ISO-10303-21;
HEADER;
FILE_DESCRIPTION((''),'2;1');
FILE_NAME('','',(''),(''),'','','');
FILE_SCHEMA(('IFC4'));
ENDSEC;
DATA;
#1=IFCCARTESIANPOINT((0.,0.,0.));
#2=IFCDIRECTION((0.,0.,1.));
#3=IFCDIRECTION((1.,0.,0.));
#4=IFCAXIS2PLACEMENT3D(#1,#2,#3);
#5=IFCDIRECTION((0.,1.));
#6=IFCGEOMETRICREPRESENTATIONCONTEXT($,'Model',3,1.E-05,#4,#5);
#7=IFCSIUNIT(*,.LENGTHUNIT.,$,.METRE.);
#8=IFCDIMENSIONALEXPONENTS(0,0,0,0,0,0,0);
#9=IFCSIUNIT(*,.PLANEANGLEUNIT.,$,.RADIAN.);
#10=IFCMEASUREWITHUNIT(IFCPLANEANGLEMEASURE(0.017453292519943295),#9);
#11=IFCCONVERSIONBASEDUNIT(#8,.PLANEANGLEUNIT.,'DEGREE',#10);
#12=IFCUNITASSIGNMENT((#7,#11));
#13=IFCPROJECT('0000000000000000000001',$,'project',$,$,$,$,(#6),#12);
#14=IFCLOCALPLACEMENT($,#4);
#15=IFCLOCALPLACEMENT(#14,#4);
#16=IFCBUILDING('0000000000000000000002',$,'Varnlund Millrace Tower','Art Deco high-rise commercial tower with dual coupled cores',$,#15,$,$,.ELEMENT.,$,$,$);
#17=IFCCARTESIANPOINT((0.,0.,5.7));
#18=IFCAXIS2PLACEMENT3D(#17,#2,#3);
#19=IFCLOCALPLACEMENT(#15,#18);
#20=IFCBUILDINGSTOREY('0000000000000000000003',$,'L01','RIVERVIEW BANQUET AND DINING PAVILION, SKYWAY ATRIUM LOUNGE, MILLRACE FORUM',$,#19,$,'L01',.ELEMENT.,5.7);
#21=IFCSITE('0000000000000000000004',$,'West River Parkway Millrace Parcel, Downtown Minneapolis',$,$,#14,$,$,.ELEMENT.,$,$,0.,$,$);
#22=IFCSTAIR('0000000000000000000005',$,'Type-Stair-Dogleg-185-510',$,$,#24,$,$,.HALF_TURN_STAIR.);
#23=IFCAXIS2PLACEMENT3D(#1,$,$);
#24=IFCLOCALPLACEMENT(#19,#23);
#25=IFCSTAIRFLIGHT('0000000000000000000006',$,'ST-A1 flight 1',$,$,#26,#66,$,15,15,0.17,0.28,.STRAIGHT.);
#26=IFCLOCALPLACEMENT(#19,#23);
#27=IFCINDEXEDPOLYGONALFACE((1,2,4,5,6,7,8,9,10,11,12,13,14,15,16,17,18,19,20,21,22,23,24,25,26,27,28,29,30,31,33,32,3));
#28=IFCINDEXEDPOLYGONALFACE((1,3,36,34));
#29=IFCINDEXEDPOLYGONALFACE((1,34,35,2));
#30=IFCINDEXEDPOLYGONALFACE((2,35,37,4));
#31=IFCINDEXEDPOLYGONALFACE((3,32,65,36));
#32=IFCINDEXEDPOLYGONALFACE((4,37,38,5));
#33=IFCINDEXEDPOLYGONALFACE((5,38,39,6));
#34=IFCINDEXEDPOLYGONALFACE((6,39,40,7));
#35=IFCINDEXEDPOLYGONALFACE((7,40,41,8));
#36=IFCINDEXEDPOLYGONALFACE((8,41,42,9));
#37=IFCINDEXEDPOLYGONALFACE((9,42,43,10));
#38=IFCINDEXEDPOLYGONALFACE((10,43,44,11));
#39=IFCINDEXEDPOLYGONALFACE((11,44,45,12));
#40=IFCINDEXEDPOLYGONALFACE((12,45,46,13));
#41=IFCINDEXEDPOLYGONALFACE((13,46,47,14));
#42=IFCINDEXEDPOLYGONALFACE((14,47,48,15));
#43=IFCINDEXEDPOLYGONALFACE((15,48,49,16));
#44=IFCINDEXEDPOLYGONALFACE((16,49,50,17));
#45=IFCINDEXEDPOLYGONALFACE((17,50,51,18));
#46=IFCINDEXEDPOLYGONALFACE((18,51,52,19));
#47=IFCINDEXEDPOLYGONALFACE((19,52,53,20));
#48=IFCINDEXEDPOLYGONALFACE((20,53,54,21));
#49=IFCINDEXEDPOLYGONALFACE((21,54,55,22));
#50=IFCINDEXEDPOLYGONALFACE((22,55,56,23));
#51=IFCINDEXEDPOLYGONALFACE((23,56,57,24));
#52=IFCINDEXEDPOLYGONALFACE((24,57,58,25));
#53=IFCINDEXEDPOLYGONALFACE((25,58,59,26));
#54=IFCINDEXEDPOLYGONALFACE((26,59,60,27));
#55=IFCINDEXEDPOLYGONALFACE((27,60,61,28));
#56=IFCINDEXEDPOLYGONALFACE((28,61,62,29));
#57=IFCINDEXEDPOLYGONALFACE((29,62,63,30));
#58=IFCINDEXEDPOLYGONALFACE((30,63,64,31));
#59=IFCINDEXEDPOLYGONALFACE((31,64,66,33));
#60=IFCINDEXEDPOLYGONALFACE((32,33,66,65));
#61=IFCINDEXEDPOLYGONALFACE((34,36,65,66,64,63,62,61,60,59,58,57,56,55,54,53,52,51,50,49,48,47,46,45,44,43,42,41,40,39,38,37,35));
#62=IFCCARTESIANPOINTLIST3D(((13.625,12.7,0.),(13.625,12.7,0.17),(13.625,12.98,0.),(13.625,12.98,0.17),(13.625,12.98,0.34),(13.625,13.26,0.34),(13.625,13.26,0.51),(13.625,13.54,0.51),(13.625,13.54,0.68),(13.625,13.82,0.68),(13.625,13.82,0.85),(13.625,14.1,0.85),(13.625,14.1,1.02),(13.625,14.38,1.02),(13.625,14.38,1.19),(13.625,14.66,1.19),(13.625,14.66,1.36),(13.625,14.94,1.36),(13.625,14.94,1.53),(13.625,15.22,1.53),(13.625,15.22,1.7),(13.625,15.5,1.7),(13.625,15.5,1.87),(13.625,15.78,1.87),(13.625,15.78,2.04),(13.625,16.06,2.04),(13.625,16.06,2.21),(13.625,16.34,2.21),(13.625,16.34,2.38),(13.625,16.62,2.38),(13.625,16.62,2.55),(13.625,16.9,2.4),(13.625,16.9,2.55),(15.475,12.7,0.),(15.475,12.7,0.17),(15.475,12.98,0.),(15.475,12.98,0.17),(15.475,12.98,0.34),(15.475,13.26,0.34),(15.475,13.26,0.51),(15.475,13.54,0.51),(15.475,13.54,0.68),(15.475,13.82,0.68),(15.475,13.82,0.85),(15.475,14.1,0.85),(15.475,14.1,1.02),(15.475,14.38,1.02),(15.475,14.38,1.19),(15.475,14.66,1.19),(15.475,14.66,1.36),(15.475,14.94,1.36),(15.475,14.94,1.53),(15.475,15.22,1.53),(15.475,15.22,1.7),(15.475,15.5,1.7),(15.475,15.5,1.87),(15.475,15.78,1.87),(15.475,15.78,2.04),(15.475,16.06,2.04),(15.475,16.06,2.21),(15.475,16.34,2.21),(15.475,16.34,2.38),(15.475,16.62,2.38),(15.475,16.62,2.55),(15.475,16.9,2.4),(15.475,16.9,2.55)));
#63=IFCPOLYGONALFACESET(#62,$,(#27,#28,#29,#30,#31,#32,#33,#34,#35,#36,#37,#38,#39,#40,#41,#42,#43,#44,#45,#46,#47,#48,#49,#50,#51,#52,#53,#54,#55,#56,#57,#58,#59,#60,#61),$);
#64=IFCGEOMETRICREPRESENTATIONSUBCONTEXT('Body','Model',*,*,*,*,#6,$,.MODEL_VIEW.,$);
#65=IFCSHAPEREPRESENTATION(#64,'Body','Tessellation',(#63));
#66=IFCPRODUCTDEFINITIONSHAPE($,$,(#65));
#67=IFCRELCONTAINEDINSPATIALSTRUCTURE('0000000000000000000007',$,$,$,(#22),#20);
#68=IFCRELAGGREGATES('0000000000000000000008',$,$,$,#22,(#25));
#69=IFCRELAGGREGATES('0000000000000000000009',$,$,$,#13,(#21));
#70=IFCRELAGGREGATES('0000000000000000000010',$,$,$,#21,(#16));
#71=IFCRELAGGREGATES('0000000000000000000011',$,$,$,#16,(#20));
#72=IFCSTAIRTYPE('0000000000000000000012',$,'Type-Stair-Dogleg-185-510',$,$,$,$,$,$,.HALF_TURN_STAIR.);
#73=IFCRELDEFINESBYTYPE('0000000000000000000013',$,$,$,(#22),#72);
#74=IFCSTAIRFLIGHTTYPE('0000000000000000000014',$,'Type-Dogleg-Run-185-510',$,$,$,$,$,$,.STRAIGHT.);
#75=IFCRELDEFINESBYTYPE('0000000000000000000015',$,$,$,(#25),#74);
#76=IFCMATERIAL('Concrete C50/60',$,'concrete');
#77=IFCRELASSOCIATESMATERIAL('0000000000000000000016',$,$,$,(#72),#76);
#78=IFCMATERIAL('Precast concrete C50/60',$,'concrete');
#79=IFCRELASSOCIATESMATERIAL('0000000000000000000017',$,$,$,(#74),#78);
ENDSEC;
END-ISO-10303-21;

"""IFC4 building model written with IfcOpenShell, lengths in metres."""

from ifc_helpers import new_model, entity, si_unit, converted_unit, direction, frame, origin_with_axes, place, context, subcontext, project, spatial, polyline, outline, extrude, material, type_object, element, aggregate, save


model = new_model("IFC4")

# Units and contexts
model_context = context("Model", 3, precision=1e-05, world=origin_with_axes(), true_north=direction((0.0, 1.0)))
body_context = subcontext(model_context, "Body", "Model", "MODEL_VIEW")
ifc_project = project(units=[si_unit("LENGTHUNIT", "METRE"), converted_unit("PLANEANGLEUNIT", "DEGREE", entity("IfcPlaneAngleMeasure", 0.017453292519943295), si_unit("PLANEANGLEUNIT", "RADIAN"), dimensions=[0, 0, 0, 0, 0, 0, 0])], contexts=[model_context])

# Site, building, storey
site_placement = place(None, origin_with_axes())
site = spatial("IfcSite", under=ifc_project, at=site_placement, Name="West River Parkway Millrace Parcel, Downtown Minneapolis", CompositionType="ELEMENT", RefElevation=0.0)
building_placement = place(site_placement, origin_with_axes())
building = spatial("IfcBuilding", under=site, at=building_placement, Name="Varnlund Millrace Tower", Description="Art Deco high-rise commercial tower with dual coupled cores", CompositionType="ELEMENT")
storey_placement = place(building_placement, frame((0.0, 0.0, 5.7), z_axis=(0.0, 0.0, 1.0), x_axis=(1.0, 0.0, 0.0)))
storey = spatial("IfcBuildingStorey", under=building, at=storey_placement, Name="L01", Description="RIVERVIEW BANQUET AND DINING PAVILION, SKYWAY ATRIUM LOUNGE, MILLRACE FORUM", LongName="L01", CompositionType="ELEMENT", Elevation=5.7)

# Stair, stair flight
ifc_material_1 = material(Name="Concrete C50/60", Category="concrete")
stair_type = type_object("IfcStairType", Name="Type-Stair-Dogleg-185-510", PredefinedType="HALF_TURN_STAIR", material=ifc_material_1)
stair_placement = place(storey_placement, origin_with_axes())
stair = element("IfcStair", 1, at=stair_placement, inside=storey, type_object=stair_type, Name="Type-Stair-Dogleg-185-510", PredefinedType="HALF_TURN_STAIR")
ifc_material_2 = material(Name="Precast concrete C50/60", Category="concrete")
stair_flight_type = type_object("IfcStairFlightType", Name="Type-Dogleg-Run-185-510", PredefinedType="STRAIGHT", material=ifc_material_2)
stair_flight_placement = place(storey_placement, frame((13.625, 12.7, 0.0), z_axis=(1.0, 0.0, 0.0), x_axis=(0.0, 1.0, 0.0)))
stair_flight = element("IfcStairFlight", 2, at=stair_flight_placement, type_object=stair_flight_type, Name="ST-A1 flight 1", NumberOfRisers=15, NumberOfTreads=15, PredefinedType="STRAIGHT", RiserHeight=0.17, TreadLength=0.28, context=body_context, shape_type="SweptSolid", body=[
    extrude(outline(polyline([(0.0, 0.0), (0.0, 0.17), (0.28, 0.17), (0.28, 0.34), (0.56, 0.34), (0.56, 0.51), (0.84, 0.51), (0.84, 0.68), (1.12, 0.68), (1.12, 0.85), (1.4, 0.85), (1.4, 1.02), (1.68, 1.02), (1.68, 1.19), (1.96, 1.19), (1.96, 1.36), (2.24, 1.36), (2.24, 1.53), (2.52, 1.53), (2.52, 1.7), (2.8, 1.7), (2.8, 1.87), (3.08, 1.87), (3.08, 2.04), (3.36, 2.04), (3.36, 2.21), (3.64, 2.21), (3.64, 2.38), (3.92, 2.38), (3.92, 2.55), (4.2, 2.55), (4.2, 2.4), (0.28, 0.0), (0.0, 0.0)])), origin_with_axes(), (0.0, 0.0, 1.0), 1.85),
])
aggregate(stair, [stair_flight])

save(model, "model.ifc")
